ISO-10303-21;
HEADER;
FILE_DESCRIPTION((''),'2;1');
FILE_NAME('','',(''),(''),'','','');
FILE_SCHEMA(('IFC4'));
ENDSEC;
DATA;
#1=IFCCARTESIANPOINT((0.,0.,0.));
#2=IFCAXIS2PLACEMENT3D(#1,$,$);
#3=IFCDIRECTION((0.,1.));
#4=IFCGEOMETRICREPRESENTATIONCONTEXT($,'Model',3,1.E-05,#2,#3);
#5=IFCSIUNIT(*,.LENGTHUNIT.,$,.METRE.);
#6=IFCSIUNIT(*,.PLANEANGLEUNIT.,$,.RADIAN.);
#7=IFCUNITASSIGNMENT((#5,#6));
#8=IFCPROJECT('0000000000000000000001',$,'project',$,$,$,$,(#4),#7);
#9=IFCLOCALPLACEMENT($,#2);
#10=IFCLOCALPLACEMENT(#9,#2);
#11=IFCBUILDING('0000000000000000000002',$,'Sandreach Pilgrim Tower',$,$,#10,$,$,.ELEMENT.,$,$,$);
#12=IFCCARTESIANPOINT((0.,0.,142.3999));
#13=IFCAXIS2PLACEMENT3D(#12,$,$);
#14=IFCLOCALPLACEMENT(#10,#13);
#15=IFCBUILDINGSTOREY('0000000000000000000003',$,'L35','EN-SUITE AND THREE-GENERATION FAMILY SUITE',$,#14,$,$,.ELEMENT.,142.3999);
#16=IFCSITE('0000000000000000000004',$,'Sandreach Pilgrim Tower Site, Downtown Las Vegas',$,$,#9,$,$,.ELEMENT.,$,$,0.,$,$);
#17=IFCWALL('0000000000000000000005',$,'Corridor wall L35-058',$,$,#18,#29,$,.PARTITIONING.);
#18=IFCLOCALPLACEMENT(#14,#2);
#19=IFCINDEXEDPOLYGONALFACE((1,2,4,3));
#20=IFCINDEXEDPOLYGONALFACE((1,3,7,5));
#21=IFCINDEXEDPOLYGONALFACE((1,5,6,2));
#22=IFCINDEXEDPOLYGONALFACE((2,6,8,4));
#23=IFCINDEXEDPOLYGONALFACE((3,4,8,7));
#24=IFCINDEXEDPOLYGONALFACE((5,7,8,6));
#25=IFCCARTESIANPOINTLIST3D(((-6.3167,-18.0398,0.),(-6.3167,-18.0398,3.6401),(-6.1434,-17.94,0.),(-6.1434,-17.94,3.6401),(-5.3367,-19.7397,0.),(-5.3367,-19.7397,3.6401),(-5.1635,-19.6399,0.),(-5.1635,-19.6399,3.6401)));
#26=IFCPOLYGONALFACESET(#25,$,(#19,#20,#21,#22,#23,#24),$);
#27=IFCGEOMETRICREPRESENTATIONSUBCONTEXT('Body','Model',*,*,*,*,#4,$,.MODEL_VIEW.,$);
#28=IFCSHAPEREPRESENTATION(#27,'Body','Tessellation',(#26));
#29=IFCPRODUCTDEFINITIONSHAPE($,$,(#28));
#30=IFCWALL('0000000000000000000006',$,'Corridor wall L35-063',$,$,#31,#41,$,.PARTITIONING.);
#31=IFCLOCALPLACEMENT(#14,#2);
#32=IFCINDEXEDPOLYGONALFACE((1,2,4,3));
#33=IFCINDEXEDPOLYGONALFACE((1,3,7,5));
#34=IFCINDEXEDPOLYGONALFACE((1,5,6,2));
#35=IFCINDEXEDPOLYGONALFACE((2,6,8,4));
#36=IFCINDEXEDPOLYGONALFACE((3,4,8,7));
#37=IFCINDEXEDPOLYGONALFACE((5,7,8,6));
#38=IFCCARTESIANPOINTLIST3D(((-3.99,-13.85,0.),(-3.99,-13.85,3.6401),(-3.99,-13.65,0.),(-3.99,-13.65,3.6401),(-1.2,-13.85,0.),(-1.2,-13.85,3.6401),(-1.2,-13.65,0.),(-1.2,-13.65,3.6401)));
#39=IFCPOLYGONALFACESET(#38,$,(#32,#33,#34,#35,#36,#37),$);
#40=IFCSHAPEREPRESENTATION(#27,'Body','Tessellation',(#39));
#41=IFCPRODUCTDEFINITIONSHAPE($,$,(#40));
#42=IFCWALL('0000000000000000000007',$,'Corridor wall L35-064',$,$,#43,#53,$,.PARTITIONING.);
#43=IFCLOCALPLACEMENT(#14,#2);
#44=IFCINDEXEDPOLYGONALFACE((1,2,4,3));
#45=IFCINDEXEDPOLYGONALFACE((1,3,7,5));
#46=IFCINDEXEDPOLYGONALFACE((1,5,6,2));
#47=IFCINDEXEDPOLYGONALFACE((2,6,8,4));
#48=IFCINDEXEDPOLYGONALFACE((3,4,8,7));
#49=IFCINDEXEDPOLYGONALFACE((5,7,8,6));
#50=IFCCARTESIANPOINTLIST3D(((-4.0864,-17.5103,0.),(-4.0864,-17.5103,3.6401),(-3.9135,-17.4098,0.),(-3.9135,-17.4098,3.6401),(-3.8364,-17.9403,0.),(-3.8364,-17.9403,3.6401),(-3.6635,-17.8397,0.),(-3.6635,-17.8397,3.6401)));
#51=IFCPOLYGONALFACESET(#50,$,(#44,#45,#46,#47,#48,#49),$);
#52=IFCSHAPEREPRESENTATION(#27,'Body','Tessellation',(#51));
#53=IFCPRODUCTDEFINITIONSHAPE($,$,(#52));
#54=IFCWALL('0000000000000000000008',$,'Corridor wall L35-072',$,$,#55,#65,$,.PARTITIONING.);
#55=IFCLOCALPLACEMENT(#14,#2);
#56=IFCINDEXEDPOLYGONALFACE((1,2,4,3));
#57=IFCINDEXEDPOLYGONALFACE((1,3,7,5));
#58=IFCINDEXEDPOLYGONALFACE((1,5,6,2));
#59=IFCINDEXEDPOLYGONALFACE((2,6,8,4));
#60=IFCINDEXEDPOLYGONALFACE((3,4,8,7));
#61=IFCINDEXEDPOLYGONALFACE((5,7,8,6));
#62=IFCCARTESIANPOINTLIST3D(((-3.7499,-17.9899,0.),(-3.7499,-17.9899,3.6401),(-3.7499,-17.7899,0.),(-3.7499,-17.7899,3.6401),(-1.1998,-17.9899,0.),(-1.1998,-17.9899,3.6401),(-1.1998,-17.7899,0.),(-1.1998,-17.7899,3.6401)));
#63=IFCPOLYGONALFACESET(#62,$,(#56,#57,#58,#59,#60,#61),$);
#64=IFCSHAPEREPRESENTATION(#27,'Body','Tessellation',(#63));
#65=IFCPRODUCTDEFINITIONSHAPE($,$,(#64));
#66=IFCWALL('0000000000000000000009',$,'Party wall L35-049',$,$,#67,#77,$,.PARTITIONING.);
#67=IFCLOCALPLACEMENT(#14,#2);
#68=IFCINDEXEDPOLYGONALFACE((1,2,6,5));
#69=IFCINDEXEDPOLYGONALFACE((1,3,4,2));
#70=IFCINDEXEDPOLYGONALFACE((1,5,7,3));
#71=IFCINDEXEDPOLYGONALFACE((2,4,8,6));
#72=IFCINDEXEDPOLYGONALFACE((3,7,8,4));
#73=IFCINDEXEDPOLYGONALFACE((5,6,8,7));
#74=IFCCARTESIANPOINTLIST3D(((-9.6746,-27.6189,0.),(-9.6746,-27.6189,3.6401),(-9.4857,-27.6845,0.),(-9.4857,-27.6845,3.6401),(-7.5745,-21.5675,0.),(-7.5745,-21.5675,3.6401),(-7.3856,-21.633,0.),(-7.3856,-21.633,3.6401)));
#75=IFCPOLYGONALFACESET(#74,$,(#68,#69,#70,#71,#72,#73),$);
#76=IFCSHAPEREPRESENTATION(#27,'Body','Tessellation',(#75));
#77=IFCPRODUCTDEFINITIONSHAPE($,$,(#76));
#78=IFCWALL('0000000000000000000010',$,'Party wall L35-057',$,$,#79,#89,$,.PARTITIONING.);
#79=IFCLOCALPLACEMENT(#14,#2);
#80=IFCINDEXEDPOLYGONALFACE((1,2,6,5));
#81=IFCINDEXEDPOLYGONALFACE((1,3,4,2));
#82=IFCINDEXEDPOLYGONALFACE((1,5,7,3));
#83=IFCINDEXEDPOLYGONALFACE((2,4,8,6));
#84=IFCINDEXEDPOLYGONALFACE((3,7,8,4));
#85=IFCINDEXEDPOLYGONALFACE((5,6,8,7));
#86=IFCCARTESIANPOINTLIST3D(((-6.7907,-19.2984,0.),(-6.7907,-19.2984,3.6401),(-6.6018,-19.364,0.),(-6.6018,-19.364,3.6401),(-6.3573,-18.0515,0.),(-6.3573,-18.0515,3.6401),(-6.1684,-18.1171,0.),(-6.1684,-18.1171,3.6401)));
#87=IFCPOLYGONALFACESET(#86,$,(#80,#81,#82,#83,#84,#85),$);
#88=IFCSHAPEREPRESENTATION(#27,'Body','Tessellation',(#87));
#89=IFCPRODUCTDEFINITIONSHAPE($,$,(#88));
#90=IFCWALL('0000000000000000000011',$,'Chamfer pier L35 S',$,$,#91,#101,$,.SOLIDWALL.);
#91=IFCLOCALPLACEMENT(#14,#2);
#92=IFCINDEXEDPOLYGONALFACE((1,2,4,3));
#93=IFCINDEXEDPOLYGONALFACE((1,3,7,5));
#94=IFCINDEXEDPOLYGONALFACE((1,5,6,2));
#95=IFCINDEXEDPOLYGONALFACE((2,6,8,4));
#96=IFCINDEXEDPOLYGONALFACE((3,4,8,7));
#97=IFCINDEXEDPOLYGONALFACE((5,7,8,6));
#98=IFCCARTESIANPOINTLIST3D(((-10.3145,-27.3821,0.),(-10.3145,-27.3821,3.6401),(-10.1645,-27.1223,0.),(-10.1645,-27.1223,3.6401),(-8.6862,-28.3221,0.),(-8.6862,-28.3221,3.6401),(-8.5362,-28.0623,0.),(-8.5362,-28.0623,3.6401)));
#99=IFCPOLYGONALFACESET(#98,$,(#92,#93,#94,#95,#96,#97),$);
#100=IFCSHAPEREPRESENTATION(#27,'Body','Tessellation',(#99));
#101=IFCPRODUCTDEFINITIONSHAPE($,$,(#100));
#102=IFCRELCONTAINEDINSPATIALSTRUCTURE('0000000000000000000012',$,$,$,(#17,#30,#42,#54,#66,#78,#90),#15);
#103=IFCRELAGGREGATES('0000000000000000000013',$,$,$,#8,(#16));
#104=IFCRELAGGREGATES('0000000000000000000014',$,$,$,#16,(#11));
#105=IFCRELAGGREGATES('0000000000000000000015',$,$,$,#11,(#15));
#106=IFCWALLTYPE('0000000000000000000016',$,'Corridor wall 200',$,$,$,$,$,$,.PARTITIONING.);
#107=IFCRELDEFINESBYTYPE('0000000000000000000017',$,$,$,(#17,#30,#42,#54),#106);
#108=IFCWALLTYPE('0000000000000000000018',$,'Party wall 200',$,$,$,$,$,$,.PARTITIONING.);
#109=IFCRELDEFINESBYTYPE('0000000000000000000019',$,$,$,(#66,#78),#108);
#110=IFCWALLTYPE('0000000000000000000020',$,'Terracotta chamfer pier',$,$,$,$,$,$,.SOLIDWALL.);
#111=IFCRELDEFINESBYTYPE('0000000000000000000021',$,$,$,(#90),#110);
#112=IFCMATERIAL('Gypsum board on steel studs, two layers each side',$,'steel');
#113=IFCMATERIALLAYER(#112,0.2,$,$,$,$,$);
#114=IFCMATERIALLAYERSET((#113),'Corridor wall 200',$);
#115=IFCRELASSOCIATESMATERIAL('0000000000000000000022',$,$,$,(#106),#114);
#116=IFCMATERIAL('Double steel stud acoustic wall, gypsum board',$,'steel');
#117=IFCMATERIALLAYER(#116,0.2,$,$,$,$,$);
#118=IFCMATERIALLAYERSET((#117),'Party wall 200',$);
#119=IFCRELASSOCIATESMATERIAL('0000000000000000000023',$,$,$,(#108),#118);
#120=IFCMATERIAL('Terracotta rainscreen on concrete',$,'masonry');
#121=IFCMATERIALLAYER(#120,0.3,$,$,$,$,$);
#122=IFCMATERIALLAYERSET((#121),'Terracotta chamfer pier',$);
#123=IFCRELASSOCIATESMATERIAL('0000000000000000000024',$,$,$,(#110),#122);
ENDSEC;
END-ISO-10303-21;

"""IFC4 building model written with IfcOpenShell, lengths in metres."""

from ifc_helpers import new_model, si_unit, direction, frame, frame_2d, origin, place, context, subcontext, project, spatial, rectangle, extrude, material, layer, layer_set, type_object, element, save


model = new_model("IFC4")

# Units and contexts
model_context = context("Model", 3, precision=1e-05, world=origin(), true_north=direction((0.0, 1.0)))
body_context = subcontext(model_context, "Body", "Model", "MODEL_VIEW")
ifc_project = project(units=[si_unit("LENGTHUNIT", "METRE"), si_unit("PLANEANGLEUNIT", "RADIAN")], contexts=[model_context])

# Site, building, storey
site_placement = place(None, origin())
site = spatial("IfcSite", under=ifc_project, at=site_placement, Name="Sandreach Pilgrim Tower Site, Downtown Las Vegas", CompositionType="ELEMENT", RefElevation=0.0)
building_placement = place(site_placement, origin())
building = spatial("IfcBuilding", under=site, at=building_placement, Name="Sandreach Pilgrim Tower", CompositionType="ELEMENT")
storey_placement = place(building_placement, frame((0.0, 0.0, 142.3999)))
storey = spatial("IfcBuildingStorey", under=building, at=storey_placement, Name="L35", Description="EN-SUITE AND THREE-GENERATION FAMILY SUITE", CompositionType="ELEMENT", Elevation=142.3999)

# Shared definitions
ifc_material_1 = material(Name="Gypsum board on steel studs, two layers each side", Category="steel")
ifc_layer_1 = layer(ifc_material_1, 0.2)
ifc_layer_set_1 = layer_set([ifc_layer_1], Name="Corridor wall 200")
wall_type_1 = type_object("IfcWallType", Name="Corridor wall 200", PredefinedType="PARTITIONING", material=ifc_layer_set_1)

# Wall
wall_1_placement = place(storey_placement, frame((-6.23, -17.99, 0.0), z_axis=(0.0, 0.0, 1.0), x_axis=(0.499432, -0.866353, 0.0)))
element("IfcWall", 1, at=wall_1_placement, inside=storey, type_object=wall_type_1, Name="Corridor wall L35-058", PredefinedType="PARTITIONING", context=body_context, shape_type="SweptSolid", body=[
    extrude(rectangle(XDim=1.9622, YDim=0.2, at=frame_2d((0.981, 0.0))), origin(), (0.0, 0.0, 1.0), 3.6401),
])

# Walls
wall_2_placement = place(storey_placement, frame((-3.99, -13.75, 0.0), z_axis=(0.0, 0.0, 1.0), x_axis=(1.0, 0.0, 0.0)))
element("IfcWall", 2, at=wall_2_placement, inside=storey, type_object=wall_type_1, Name="Corridor wall L35-063", PredefinedType="PARTITIONING", context=body_context, shape_type="SweptSolid", body=[
    extrude(rectangle(XDim=2.79, YDim=0.2, at=frame_2d((1.395, 0.0))), origin(), (0.0, 0.0, 1.0), 3.6401),
])
wall_3_placement = place(storey_placement, frame((-3.75, -17.8899, 0.0), z_axis=(0.0, 0.0, 1.0), x_axis=(-0.50268, 0.864472, 0.0)))
element("IfcWall", 3, at=wall_3_placement, inside=storey, type_object=wall_type_1, Name="Corridor wall L35-064", PredefinedType="PARTITIONING", context=body_context, shape_type="SweptSolid", body=[
    extrude(rectangle(XDim=0.4973, YDim=0.2, at=frame_2d((0.2485, 0.0))), origin(), (0.0, 0.0, 1.0), 3.6401),
])
wall_4_placement = place(storey_placement, frame((-1.2, -17.8899, 0.0), z_axis=(0.0, 0.0, 1.0), x_axis=(-1.0, 0.0, 0.0)))
element("IfcWall", 4, at=wall_4_placement, inside=storey, type_object=wall_type_1, Name="Corridor wall L35-072", PredefinedType="PARTITIONING", context=body_context, shape_type="SweptSolid", body=[
    extrude(rectangle(XDim=2.55, YDim=0.2, at=frame_2d((1.2749, 0.0))), origin(), (0.0, 0.0, 1.0), 3.6401),
])
ifc_material_2 = material(Name="Double steel stud acoustic wall, gypsum board", Category="steel")
ifc_layer_2 = layer(ifc_material_2, 0.2)
ifc_layer_set_2 = layer_set([ifc_layer_2], Name="Party wall 200")
wall_type_2 = type_object("IfcWallType", Name="Party wall 200", PredefinedType="PARTITIONING", material=ifc_layer_set_2)
wall_5_placement = place(storey_placement, frame((-9.5801, -27.6516, 0.0), z_axis=(0.0, 0.0, 1.0), x_axis=(0.327855, 0.944728, 0.0)))
element("IfcWall", 5, at=wall_5_placement, inside=storey, type_object=wall_type_2, Name="Party wall L35-049", PredefinedType="PARTITIONING", context=body_context, shape_type="SweptSolid", body=[
    extrude(rectangle(XDim=6.4055, YDim=0.2, at=frame_2d((3.2026, 0.0))), origin(), (0.0, 0.0, 1.0), 3.6401),
])
wall_6_placement = place(storey_placement, frame((-6.6963, -19.3313, 0.0), z_axis=(0.0, 0.0, 1.0), x_axis=(0.328298, 0.944574, 0.0)))
element("IfcWall", 6, at=wall_6_placement, inside=storey, type_object=wall_type_2, Name="Party wall L35-057", PredefinedType="PARTITIONING", context=body_context, shape_type="SweptSolid", body=[
    extrude(rectangle(XDim=1.3201, YDim=0.2, at=frame_2d((0.6602, 0.0))), origin(), (0.0, 0.0, 1.0), 3.6401),
])
ifc_material_3 = material(Name="Terracotta rainscreen on concrete", Category="masonry")
ifc_layer_3 = layer(ifc_material_3, 0.3)
ifc_layer_set_3 = layer_set([ifc_layer_3], Name="Terracotta chamfer pier")
wall_type_3 = type_object("IfcWallType", Name="Terracotta chamfer pier", PredefinedType="SOLIDWALL", material=ifc_layer_set_3)
wall_7_placement = place(storey_placement, frame((-8.6113, -28.1921, 0.0), z_axis=(0.0, 0.0, 1.0), x_axis=(-0.866045, 0.499966, 0.0)))
element("IfcWall", 7, at=wall_7_placement, inside=storey, type_object=wall_type_3, Name="Chamfer pier L35 S", PredefinedType="SOLIDWALL", context=body_context, shape_type="SweptSolid", body=[
    extrude(rectangle(XDim=1.8801, YDim=0.3, at=frame_2d((0.9399, 0.0))), origin(), (0.0, 0.0, 1.0), 3.6401),
])

save(model, "model.ifc")
